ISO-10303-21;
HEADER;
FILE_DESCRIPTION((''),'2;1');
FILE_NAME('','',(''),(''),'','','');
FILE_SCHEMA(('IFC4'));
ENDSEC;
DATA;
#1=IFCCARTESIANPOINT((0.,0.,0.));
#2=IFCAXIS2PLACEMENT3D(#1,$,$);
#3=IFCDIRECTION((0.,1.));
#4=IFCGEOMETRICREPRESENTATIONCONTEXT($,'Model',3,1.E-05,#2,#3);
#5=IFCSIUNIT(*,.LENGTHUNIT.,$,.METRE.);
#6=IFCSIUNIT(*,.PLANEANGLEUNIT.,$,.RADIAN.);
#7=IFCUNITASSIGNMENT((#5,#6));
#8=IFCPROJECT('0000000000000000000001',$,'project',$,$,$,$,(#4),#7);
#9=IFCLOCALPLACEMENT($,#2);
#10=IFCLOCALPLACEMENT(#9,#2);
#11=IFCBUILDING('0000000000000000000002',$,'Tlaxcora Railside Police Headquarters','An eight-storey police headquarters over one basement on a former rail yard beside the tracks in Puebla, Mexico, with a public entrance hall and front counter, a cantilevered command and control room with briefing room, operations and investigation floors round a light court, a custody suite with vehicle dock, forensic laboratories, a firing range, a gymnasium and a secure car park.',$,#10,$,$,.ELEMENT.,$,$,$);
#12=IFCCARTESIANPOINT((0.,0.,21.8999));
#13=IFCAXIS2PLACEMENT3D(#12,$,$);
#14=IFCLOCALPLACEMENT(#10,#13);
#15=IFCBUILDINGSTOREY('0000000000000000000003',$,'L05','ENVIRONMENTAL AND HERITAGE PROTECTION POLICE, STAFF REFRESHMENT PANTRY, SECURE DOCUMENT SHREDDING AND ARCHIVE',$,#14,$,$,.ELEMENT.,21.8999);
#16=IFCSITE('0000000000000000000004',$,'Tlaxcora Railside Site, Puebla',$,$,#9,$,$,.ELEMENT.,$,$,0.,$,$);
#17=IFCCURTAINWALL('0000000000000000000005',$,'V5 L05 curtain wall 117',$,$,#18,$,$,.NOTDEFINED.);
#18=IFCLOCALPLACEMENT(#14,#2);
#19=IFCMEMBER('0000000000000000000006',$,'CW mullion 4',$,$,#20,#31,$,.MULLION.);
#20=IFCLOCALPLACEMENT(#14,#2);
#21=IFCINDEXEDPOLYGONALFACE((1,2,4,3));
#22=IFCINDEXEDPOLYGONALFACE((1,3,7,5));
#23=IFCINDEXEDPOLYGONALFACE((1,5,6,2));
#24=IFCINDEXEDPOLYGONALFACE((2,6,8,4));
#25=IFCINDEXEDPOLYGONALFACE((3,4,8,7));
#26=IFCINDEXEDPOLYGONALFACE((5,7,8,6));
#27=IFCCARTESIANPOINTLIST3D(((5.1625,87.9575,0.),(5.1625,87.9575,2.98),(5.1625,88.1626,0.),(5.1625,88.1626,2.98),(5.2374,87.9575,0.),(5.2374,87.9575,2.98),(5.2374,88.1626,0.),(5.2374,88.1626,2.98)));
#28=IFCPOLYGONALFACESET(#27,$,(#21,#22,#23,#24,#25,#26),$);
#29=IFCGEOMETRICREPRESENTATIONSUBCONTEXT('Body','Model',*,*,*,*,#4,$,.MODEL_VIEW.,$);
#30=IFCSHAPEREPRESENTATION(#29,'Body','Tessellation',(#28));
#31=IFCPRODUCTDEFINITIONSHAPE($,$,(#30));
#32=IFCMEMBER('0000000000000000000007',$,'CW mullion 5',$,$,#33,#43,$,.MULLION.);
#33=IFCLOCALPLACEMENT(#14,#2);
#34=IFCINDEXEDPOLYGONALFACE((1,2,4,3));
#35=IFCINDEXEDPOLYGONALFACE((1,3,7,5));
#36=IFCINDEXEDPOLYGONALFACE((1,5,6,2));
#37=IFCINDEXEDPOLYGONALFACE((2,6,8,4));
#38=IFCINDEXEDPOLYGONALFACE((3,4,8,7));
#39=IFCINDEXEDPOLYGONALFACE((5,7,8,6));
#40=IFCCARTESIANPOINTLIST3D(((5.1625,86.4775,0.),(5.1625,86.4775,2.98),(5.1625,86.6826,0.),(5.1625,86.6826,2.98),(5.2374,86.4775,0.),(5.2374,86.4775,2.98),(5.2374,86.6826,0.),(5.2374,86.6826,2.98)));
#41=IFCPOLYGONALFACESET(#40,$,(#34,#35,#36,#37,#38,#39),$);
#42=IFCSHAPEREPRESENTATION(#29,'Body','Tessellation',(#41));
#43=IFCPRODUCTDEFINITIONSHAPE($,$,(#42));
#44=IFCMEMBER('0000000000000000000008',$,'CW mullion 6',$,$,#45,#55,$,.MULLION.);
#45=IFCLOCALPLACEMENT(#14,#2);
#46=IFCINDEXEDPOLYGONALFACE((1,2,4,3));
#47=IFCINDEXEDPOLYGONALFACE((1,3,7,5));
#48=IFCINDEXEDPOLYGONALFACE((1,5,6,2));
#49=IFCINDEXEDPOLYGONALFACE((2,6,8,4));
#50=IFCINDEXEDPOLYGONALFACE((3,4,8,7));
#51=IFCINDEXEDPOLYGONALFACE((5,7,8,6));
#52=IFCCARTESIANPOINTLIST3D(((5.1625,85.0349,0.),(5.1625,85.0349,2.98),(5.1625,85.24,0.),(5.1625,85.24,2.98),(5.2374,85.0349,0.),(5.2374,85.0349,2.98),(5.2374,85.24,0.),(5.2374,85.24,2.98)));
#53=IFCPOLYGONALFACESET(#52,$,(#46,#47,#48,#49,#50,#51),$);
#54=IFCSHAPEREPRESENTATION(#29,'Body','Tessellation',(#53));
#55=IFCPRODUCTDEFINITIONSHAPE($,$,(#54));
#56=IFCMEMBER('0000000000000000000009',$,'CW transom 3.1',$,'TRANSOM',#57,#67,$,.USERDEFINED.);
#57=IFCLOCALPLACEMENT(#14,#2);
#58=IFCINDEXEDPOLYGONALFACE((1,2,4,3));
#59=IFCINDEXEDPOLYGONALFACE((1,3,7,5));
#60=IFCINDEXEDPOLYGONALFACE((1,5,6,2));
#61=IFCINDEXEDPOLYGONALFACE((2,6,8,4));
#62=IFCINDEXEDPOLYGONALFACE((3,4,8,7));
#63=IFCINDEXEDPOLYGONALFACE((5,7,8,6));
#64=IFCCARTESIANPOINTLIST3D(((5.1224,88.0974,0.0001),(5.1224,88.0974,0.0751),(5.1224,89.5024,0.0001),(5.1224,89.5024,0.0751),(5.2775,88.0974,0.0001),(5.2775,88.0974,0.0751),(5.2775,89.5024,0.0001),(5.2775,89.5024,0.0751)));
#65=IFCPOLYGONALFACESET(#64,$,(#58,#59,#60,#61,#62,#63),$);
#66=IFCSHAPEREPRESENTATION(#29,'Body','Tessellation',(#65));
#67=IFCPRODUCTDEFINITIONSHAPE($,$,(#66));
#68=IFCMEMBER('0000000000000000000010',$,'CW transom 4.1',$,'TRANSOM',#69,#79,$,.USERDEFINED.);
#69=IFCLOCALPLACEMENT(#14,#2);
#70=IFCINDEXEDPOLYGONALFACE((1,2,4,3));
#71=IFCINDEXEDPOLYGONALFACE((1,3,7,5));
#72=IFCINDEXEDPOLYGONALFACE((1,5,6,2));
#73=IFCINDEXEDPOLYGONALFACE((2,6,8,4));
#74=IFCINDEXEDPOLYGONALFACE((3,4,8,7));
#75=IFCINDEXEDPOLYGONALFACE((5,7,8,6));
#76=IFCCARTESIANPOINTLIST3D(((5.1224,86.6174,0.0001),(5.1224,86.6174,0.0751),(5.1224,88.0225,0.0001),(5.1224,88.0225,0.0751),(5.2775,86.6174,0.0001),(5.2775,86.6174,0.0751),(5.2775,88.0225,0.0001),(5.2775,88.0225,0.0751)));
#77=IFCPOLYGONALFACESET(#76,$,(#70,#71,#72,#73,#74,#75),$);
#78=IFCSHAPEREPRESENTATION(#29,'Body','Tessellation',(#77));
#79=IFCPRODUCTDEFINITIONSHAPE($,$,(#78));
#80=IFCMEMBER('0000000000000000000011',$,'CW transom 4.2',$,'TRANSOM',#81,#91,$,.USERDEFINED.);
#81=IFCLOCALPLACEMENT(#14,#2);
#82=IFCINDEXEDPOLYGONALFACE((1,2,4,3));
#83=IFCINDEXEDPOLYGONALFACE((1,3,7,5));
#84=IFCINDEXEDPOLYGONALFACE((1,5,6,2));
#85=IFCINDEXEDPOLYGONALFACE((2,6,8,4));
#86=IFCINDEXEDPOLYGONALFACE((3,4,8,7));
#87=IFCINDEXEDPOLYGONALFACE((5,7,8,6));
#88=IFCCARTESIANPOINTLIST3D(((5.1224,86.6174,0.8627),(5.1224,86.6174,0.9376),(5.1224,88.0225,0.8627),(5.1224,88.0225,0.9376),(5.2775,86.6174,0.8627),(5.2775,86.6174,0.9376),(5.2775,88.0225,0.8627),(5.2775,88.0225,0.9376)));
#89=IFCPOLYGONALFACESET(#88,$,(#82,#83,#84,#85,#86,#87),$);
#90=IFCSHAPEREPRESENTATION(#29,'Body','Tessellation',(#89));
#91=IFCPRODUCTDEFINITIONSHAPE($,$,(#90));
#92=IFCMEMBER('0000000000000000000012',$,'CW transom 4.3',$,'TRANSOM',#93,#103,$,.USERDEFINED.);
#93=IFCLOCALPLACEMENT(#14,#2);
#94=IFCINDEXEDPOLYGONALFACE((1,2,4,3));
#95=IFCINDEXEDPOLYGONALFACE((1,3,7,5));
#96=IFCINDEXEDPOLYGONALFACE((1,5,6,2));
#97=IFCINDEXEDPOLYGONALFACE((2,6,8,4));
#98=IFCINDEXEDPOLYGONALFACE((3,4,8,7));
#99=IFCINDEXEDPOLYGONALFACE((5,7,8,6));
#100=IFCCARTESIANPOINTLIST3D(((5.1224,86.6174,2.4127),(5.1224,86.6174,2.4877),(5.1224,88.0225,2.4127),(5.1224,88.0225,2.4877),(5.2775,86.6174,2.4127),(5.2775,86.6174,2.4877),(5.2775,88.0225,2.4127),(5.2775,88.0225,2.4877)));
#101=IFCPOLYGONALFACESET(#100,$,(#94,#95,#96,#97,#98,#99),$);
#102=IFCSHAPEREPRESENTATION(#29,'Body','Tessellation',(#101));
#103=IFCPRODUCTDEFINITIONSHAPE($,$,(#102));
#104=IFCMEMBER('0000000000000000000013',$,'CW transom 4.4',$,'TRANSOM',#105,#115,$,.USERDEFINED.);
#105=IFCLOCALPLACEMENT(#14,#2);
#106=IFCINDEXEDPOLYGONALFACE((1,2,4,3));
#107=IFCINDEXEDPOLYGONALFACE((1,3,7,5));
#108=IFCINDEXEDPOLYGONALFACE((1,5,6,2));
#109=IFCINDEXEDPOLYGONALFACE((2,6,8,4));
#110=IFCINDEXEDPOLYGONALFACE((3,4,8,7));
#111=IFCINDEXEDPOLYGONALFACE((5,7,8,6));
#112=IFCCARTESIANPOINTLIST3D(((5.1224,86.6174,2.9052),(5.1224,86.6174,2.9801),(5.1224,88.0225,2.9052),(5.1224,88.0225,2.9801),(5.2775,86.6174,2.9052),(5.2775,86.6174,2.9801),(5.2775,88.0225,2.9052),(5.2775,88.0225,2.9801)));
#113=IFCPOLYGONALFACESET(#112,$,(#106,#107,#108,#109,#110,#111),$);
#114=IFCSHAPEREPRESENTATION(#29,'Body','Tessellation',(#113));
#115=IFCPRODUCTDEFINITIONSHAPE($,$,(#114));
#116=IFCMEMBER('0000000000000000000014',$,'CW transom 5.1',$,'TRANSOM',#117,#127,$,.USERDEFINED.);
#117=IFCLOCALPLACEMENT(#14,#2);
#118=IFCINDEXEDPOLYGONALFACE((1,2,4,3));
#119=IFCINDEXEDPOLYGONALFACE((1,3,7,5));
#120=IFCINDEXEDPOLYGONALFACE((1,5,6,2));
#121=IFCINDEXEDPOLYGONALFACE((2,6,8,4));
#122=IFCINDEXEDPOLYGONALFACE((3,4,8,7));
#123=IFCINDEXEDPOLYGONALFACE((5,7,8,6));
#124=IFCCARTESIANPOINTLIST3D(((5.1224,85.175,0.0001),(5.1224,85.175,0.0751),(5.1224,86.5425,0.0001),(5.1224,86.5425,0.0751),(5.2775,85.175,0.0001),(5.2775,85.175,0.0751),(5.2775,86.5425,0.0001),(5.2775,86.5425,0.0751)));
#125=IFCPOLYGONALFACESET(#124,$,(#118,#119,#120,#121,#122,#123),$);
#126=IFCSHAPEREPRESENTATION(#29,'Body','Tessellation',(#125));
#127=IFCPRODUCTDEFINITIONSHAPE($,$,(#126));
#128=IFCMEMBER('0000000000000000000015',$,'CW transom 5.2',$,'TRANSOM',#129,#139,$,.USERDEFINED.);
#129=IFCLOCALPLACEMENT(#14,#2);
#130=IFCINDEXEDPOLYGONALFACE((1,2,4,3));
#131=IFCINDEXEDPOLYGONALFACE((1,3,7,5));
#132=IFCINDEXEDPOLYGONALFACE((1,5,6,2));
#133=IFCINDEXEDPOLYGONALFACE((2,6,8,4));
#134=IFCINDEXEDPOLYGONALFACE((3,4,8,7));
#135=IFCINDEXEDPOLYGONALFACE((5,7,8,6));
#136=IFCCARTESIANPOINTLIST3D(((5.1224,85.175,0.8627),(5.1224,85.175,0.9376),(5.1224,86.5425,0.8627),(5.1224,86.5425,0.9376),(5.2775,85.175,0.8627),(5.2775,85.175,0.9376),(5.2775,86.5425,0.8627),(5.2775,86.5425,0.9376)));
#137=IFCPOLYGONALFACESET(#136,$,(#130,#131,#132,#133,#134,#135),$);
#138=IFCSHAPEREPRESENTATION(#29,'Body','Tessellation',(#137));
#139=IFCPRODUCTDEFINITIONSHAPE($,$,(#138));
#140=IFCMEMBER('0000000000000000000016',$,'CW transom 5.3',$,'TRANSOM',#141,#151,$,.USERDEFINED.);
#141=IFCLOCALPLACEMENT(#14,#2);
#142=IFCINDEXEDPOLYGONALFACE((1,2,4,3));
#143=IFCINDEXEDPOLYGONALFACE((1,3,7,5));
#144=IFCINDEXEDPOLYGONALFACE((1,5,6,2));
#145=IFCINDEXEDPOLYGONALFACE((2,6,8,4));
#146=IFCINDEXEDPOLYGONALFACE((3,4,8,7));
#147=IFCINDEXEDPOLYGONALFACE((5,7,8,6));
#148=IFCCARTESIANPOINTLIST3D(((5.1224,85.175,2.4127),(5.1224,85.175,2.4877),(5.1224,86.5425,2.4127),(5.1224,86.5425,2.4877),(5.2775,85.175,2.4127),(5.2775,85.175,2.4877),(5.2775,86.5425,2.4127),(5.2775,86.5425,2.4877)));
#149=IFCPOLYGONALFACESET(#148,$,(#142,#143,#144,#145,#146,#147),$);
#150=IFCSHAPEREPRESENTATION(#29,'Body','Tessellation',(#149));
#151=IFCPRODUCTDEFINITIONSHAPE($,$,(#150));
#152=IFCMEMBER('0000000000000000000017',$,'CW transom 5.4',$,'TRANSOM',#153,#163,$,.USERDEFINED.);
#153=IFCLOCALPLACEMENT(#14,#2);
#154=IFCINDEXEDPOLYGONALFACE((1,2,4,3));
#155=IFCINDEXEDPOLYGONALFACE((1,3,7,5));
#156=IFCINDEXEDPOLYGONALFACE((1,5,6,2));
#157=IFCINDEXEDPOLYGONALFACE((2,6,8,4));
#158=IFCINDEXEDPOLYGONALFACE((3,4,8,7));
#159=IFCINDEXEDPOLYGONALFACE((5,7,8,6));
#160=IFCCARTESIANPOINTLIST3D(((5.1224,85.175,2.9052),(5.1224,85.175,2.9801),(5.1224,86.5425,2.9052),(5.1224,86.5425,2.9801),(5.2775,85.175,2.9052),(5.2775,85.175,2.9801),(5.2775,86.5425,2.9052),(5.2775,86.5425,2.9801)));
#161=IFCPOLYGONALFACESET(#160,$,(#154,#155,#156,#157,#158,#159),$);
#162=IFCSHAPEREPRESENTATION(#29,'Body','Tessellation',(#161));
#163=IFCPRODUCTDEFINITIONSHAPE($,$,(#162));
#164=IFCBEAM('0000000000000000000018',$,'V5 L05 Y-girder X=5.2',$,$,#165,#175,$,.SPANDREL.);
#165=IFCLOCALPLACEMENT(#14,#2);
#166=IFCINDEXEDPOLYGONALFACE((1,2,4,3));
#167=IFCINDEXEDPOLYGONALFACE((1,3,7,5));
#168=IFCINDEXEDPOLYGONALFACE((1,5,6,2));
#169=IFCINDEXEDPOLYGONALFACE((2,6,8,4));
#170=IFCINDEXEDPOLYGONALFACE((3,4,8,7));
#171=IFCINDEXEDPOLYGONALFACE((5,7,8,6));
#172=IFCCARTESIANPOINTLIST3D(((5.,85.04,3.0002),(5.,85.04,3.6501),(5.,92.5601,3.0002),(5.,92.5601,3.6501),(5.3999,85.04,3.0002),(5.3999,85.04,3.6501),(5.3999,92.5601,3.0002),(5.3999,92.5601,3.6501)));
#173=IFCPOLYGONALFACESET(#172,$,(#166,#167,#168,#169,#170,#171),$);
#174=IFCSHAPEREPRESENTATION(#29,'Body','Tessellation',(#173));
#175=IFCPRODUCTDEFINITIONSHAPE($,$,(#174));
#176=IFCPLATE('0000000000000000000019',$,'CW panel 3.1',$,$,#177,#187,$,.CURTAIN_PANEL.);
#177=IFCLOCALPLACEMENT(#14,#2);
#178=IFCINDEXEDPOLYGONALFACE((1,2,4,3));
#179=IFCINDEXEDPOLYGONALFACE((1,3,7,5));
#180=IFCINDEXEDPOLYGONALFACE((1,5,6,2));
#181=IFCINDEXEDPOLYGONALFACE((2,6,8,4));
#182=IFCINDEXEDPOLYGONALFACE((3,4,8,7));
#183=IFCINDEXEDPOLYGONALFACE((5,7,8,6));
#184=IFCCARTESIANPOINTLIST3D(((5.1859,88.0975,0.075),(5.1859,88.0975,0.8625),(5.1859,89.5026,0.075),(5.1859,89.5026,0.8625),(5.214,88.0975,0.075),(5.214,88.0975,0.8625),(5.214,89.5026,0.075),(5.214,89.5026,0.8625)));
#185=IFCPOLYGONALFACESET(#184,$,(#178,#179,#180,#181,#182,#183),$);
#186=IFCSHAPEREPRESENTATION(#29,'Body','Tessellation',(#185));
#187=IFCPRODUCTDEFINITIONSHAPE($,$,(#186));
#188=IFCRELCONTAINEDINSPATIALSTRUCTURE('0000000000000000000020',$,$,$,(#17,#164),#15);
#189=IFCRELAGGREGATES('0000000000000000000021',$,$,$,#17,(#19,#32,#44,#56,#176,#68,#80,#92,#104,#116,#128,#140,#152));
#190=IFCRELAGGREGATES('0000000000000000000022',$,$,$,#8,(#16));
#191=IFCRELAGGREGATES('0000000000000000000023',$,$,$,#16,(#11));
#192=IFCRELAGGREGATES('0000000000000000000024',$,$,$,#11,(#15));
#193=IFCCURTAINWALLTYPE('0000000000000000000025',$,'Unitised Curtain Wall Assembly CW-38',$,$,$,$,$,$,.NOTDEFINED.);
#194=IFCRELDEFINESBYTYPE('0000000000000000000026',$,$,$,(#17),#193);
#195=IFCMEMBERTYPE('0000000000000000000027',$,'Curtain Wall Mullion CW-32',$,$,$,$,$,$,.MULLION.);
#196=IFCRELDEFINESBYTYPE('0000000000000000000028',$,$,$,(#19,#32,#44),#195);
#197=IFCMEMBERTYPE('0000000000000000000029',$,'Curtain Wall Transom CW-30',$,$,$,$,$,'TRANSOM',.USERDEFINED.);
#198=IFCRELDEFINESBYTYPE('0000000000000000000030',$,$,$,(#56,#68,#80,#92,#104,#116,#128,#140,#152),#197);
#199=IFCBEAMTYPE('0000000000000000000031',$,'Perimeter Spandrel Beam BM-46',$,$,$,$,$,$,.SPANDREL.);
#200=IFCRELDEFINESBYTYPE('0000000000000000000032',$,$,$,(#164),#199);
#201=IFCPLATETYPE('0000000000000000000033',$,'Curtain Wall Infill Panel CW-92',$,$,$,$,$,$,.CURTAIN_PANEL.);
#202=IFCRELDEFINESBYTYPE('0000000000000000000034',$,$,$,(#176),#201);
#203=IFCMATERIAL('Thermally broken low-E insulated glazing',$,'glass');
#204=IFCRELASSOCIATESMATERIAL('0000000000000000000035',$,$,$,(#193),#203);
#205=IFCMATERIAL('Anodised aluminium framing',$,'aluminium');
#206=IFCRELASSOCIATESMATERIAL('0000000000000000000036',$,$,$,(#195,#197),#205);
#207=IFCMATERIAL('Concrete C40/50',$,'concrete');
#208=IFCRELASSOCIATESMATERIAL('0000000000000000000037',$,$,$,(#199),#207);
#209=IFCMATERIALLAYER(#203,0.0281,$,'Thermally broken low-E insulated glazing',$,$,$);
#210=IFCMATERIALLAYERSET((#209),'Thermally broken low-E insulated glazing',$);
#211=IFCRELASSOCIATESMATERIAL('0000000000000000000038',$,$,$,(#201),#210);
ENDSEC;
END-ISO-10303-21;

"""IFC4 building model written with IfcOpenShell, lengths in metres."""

from ifc_helpers import new_model, si_unit, direction, frame, origin, origin_2d, place, context, subcontext, project, spatial, rectangle, extrude, material, layer, layer_set, material_profile, profile_set, type_object, element, aggregate, save


model = new_model("IFC4")

# Units and contexts
model_context = context("Model", 3, precision=1e-05, world=origin(), true_north=direction((0.0, 1.0)))
body_context = subcontext(model_context, "Body", "Model", "MODEL_VIEW")
ifc_project = project(units=[si_unit("LENGTHUNIT", "METRE"), si_unit("PLANEANGLEUNIT", "RADIAN")], contexts=[model_context])

# Site, building, storey
site_placement = place(None, origin())
site = spatial("IfcSite", under=ifc_project, at=site_placement, Name="Tlaxcora Railside Site, Puebla", CompositionType="ELEMENT", RefElevation=0.0)
building_placement = place(site_placement, origin())
building = spatial("IfcBuilding", under=site, at=building_placement, Name="Tlaxcora Railside Police Headquarters", Description="An eight-storey police headquarters over one basement on a former rail yard beside the tracks in Puebla, Mexico, with a public entrance hall and front counter, a cantilevered command and control room with briefing room, operations and investigation floors round a light court, a custody suite with vehicle dock, forensic laboratories, a firing range, a gymnasium and a secure car park.", CompositionType="ELEMENT")
storey_placement = place(building_placement, frame((0.0, 0.0, 21.8999)))
storey = spatial("IfcBuildingStorey", under=building, at=storey_placement, Name="L05", Description="ENVIRONMENTAL AND HERITAGE PROTECTION POLICE, STAFF REFRESHMENT PANTRY, SECURE DOCUMENT SHREDDING AND ARCHIVE", CompositionType="ELEMENT", Elevation=21.8999)

# Curtain wall, members
ifc_material_1 = material(Name="Thermally broken low-E insulated glazing", Category="glass")
curtain_wall_type = type_object("IfcCurtainWallType", Name="Unitised Curtain Wall Assembly CW-38", PredefinedType="NOTDEFINED", material=ifc_material_1)
curtain_wall_placement = place(storey_placement, origin())
curtain_wall = element("IfcCurtainWall", 1, at=curtain_wall_placement, inside=storey, type_object=curtain_wall_type, Name="V5 L05 curtain wall 117", PredefinedType="NOTDEFINED")
ifc_material_2 = material(Name="Anodised aluminium framing", Category="aluminium")
ifc_material_profile_1 = material_profile(ifc_material_2, rectangle(XDim=0.075, YDim=0.2051, at=origin_2d()), Name="AL75X205")
ifc_profile_set_1 = profile_set([ifc_material_profile_1], Name="Anodised aluminium framing")
member_type_1 = type_object("IfcMemberType", Name="Curtain Wall Mullion CW-32", PredefinedType="MULLION", material=ifc_profile_set_1)
member_1_placement = place(storey_placement, frame((5.2, 88.0601, 0.0), z_axis=(0.0, 0.0, 1.0), x_axis=(1.0, 0.0, 0.0)))
member_1 = element("IfcMember", 2, at=member_1_placement, type_object=member_type_1, Name="CW mullion 4", PredefinedType="MULLION", context=body_context, shape_type="SweptSolid", body=[
    extrude(rectangle(XDim=0.075, YDim=0.2051, at=origin_2d()), origin(), (0.0, 0.0, 1.0), 2.98),
])
member_2_placement = place(storey_placement, frame((5.2, 86.5801, 0.0), z_axis=(0.0, 0.0, 1.0), x_axis=(1.0, 0.0, 0.0)))
member_2 = element("IfcMember", 3, at=member_2_placement, type_object=member_type_1, Name="CW mullion 5", PredefinedType="MULLION", context=body_context, shape_type="SweptSolid", body=[
    extrude(rectangle(XDim=0.075, YDim=0.2051, at=origin_2d()), origin(), (0.0, 0.0, 1.0), 2.98),
])
member_3_placement = place(storey_placement, frame((5.2, 85.1375, 0.0), z_axis=(0.0, 0.0, 1.0), x_axis=(1.0, 0.0, 0.0)))
member_3 = element("IfcMember", 4, at=member_3_placement, type_object=member_type_1, Name="CW mullion 6", PredefinedType="MULLION", context=body_context, shape_type="SweptSolid", body=[
    extrude(rectangle(XDim=0.075, YDim=0.2051, at=origin_2d()), origin(), (0.0, 0.0, 1.0), 2.98),
])
ifc_material_profile_2 = material_profile(ifc_material_2, rectangle(XDim=0.155, YDim=0.075, at=origin_2d()), Name="AL75X155")
ifc_profile_set_2 = profile_set([ifc_material_profile_2], Name="Anodised aluminium framing")
member_type_2 = type_object("IfcMemberType", Name="Curtain Wall Transom CW-30", ElementType="TRANSOM", PredefinedType="USERDEFINED", material=ifc_profile_set_2)
member_4_placement = place(storey_placement, frame((5.2, 89.5024, 0.0376), z_axis=(0.0, -1.0, 0.0), x_axis=(1.0, 0.0, 0.0)))
member_4 = element("IfcMember", 5, at=member_4_placement, type_object=member_type_2, Name="CW transom 3.1", ObjectType="TRANSOM", PredefinedType="USERDEFINED", context=body_context, shape_type="SweptSolid", body=[
    extrude(rectangle(XDim=0.155, YDim=0.075, at=origin_2d()), origin(), (0.0, 0.0, 1.0), 1.405),
])
member_5_placement = place(storey_placement, frame((5.2, 88.0225, 0.0376), z_axis=(0.0, -1.0, 0.0), x_axis=(1.0, 0.0, 0.0)))
member_5 = element("IfcMember", 6, at=member_5_placement, type_object=member_type_2, Name="CW transom 4.1", ObjectType="TRANSOM", PredefinedType="USERDEFINED", context=body_context, shape_type="SweptSolid", body=[
    extrude(rectangle(XDim=0.155, YDim=0.075, at=origin_2d()), origin(), (0.0, 0.0, 1.0), 1.405),
])
member_6_placement = place(storey_placement, frame((5.2, 88.0225, 0.9001), z_axis=(0.0, -1.0, 0.0), x_axis=(1.0, 0.0, 0.0)))
member_6 = element("IfcMember", 7, at=member_6_placement, type_object=member_type_2, Name="CW transom 4.2", ObjectType="TRANSOM", PredefinedType="USERDEFINED", context=body_context, shape_type="SweptSolid", body=[
    extrude(rectangle(XDim=0.155, YDim=0.075, at=origin_2d()), origin(), (0.0, 0.0, 1.0), 1.405),
])
member_7_placement = place(storey_placement, frame((5.2, 88.0225, 2.4502), z_axis=(0.0, -1.0, 0.0), x_axis=(1.0, 0.0, 0.0)))
member_7 = element("IfcMember", 8, at=member_7_placement, type_object=member_type_2, Name="CW transom 4.3", ObjectType="TRANSOM", PredefinedType="USERDEFINED", context=body_context, shape_type="SweptSolid", body=[
    extrude(rectangle(XDim=0.155, YDim=0.075, at=origin_2d()), origin(), (0.0, 0.0, 1.0), 1.405),
])
member_8_placement = place(storey_placement, frame((5.2, 88.0225, 2.9426), z_axis=(0.0, -1.0, 0.0), x_axis=(1.0, 0.0, 0.0)))
member_8 = element("IfcMember", 9, at=member_8_placement, type_object=member_type_2, Name="CW transom 4.4", ObjectType="TRANSOM", PredefinedType="USERDEFINED", context=body_context, shape_type="SweptSolid", body=[
    extrude(rectangle(XDim=0.155, YDim=0.075, at=origin_2d()), origin(), (0.0, 0.0, 1.0), 1.405),
])
member_9_placement = place(storey_placement, frame((5.2, 86.5425, 0.0376), z_axis=(0.0, -1.0, 0.0), x_axis=(1.0, 0.0, 0.0)))
member_9 = element("IfcMember", 10, at=member_9_placement, type_object=member_type_2, Name="CW transom 5.1", ObjectType="TRANSOM", PredefinedType="USERDEFINED", context=body_context, shape_type="SweptSolid", body=[
    extrude(rectangle(XDim=0.155, YDim=0.075, at=origin_2d()), origin(), (0.0, 0.0, 1.0), 1.3674),
])
member_10_placement = place(storey_placement, frame((5.2, 86.5425, 0.9001), z_axis=(0.0, -1.0, 0.0), x_axis=(1.0, 0.0, 0.0)))
member_10 = element("IfcMember", 11, at=member_10_placement, type_object=member_type_2, Name="CW transom 5.2", ObjectType="TRANSOM", PredefinedType="USERDEFINED", context=body_context, shape_type="SweptSolid", body=[
    extrude(rectangle(XDim=0.155, YDim=0.075, at=origin_2d()), origin(), (0.0, 0.0, 1.0), 1.3674),
])
member_11_placement = place(storey_placement, frame((5.2, 86.5425, 2.4502), z_axis=(0.0, -1.0, 0.0), x_axis=(1.0, 0.0, 0.0)))
member_11 = element("IfcMember", 12, at=member_11_placement, type_object=member_type_2, Name="CW transom 5.3", ObjectType="TRANSOM", PredefinedType="USERDEFINED", context=body_context, shape_type="SweptSolid", body=[
    extrude(rectangle(XDim=0.155, YDim=0.075, at=origin_2d()), origin(), (0.0, 0.0, 1.0), 1.3674),
])
member_12_placement = place(storey_placement, frame((5.2, 86.5425, 2.9426), z_axis=(0.0, -1.0, 0.0), x_axis=(1.0, 0.0, 0.0)))
member_12 = element("IfcMember", 13, at=member_12_placement, type_object=member_type_2, Name="CW transom 5.4", ObjectType="TRANSOM", PredefinedType="USERDEFINED", context=body_context, shape_type="SweptSolid", body=[
    extrude(rectangle(XDim=0.155, YDim=0.075, at=origin_2d()), origin(), (0.0, 0.0, 1.0), 1.3674),
])

# Beam
ifc_material_3 = material(Name="Concrete C40/50", Category="concrete")
ifc_material_profile_3 = material_profile(ifc_material_3, rectangle(XDim=0.3999, YDim=0.6499, at=origin_2d()), Name="RC400X650")
ifc_profile_set_3 = profile_set([ifc_material_profile_3], Name="Concrete C40/50")
beam_type = type_object("IfcBeamType", Name="Perimeter Spandrel Beam BM-46", PredefinedType="SPANDREL", material=ifc_profile_set_3)
beam_placement = place(storey_placement, frame((5.2, 85.04, 3.3252), z_axis=(0.0, 1.0, 0.0), x_axis=(-1.0, 0.0, 0.0)))
element("IfcBeam", 14, at=beam_placement, inside=storey, type_object=beam_type, Name="V5 L05 Y-girder X=5.2", PredefinedType="SPANDREL", context=body_context, shape_type="SweptSolid", body=[
    extrude(rectangle(XDim=0.3999, YDim=0.6499, at=origin_2d()), origin(), (0.0, 0.0, 1.0), 7.52),
])

# Plate
ifc_layer_1 = layer(ifc_material_1, 0.0281, Name="Thermally broken low-E insulated glazing")
ifc_layer_set_1 = layer_set([ifc_layer_1], Name="Thermally broken low-E insulated glazing")
plate_type = type_object("IfcPlateType", Name="Curtain Wall Infill Panel CW-92", PredefinedType="CURTAIN_PANEL", material=ifc_layer_set_1)
plate_1_placement = place(storey_placement, frame((5.2, 88.8, 0.075), z_axis=(0.0, 0.0, 1.0), x_axis=(0.0, -1.0, 0.0)))
plate_1 = element("IfcPlate", 15, at=plate_1_placement, type_object=plate_type, Name="CW panel 3.1", PredefinedType="CURTAIN_PANEL", context=body_context, shape_type="SweptSolid", body=[
    extrude(rectangle(XDim=1.405, YDim=0.0281, at=origin_2d()), origin(), (0.0, 0.0, 1.0), 0.7876),
])
aggregate(curtain_wall, [member_1, member_2, member_3, member_4, plate_1, member_5, member_6, member_7, member_8, member_9, member_10, member_11, member_12])

save(model, "model.ifc")
